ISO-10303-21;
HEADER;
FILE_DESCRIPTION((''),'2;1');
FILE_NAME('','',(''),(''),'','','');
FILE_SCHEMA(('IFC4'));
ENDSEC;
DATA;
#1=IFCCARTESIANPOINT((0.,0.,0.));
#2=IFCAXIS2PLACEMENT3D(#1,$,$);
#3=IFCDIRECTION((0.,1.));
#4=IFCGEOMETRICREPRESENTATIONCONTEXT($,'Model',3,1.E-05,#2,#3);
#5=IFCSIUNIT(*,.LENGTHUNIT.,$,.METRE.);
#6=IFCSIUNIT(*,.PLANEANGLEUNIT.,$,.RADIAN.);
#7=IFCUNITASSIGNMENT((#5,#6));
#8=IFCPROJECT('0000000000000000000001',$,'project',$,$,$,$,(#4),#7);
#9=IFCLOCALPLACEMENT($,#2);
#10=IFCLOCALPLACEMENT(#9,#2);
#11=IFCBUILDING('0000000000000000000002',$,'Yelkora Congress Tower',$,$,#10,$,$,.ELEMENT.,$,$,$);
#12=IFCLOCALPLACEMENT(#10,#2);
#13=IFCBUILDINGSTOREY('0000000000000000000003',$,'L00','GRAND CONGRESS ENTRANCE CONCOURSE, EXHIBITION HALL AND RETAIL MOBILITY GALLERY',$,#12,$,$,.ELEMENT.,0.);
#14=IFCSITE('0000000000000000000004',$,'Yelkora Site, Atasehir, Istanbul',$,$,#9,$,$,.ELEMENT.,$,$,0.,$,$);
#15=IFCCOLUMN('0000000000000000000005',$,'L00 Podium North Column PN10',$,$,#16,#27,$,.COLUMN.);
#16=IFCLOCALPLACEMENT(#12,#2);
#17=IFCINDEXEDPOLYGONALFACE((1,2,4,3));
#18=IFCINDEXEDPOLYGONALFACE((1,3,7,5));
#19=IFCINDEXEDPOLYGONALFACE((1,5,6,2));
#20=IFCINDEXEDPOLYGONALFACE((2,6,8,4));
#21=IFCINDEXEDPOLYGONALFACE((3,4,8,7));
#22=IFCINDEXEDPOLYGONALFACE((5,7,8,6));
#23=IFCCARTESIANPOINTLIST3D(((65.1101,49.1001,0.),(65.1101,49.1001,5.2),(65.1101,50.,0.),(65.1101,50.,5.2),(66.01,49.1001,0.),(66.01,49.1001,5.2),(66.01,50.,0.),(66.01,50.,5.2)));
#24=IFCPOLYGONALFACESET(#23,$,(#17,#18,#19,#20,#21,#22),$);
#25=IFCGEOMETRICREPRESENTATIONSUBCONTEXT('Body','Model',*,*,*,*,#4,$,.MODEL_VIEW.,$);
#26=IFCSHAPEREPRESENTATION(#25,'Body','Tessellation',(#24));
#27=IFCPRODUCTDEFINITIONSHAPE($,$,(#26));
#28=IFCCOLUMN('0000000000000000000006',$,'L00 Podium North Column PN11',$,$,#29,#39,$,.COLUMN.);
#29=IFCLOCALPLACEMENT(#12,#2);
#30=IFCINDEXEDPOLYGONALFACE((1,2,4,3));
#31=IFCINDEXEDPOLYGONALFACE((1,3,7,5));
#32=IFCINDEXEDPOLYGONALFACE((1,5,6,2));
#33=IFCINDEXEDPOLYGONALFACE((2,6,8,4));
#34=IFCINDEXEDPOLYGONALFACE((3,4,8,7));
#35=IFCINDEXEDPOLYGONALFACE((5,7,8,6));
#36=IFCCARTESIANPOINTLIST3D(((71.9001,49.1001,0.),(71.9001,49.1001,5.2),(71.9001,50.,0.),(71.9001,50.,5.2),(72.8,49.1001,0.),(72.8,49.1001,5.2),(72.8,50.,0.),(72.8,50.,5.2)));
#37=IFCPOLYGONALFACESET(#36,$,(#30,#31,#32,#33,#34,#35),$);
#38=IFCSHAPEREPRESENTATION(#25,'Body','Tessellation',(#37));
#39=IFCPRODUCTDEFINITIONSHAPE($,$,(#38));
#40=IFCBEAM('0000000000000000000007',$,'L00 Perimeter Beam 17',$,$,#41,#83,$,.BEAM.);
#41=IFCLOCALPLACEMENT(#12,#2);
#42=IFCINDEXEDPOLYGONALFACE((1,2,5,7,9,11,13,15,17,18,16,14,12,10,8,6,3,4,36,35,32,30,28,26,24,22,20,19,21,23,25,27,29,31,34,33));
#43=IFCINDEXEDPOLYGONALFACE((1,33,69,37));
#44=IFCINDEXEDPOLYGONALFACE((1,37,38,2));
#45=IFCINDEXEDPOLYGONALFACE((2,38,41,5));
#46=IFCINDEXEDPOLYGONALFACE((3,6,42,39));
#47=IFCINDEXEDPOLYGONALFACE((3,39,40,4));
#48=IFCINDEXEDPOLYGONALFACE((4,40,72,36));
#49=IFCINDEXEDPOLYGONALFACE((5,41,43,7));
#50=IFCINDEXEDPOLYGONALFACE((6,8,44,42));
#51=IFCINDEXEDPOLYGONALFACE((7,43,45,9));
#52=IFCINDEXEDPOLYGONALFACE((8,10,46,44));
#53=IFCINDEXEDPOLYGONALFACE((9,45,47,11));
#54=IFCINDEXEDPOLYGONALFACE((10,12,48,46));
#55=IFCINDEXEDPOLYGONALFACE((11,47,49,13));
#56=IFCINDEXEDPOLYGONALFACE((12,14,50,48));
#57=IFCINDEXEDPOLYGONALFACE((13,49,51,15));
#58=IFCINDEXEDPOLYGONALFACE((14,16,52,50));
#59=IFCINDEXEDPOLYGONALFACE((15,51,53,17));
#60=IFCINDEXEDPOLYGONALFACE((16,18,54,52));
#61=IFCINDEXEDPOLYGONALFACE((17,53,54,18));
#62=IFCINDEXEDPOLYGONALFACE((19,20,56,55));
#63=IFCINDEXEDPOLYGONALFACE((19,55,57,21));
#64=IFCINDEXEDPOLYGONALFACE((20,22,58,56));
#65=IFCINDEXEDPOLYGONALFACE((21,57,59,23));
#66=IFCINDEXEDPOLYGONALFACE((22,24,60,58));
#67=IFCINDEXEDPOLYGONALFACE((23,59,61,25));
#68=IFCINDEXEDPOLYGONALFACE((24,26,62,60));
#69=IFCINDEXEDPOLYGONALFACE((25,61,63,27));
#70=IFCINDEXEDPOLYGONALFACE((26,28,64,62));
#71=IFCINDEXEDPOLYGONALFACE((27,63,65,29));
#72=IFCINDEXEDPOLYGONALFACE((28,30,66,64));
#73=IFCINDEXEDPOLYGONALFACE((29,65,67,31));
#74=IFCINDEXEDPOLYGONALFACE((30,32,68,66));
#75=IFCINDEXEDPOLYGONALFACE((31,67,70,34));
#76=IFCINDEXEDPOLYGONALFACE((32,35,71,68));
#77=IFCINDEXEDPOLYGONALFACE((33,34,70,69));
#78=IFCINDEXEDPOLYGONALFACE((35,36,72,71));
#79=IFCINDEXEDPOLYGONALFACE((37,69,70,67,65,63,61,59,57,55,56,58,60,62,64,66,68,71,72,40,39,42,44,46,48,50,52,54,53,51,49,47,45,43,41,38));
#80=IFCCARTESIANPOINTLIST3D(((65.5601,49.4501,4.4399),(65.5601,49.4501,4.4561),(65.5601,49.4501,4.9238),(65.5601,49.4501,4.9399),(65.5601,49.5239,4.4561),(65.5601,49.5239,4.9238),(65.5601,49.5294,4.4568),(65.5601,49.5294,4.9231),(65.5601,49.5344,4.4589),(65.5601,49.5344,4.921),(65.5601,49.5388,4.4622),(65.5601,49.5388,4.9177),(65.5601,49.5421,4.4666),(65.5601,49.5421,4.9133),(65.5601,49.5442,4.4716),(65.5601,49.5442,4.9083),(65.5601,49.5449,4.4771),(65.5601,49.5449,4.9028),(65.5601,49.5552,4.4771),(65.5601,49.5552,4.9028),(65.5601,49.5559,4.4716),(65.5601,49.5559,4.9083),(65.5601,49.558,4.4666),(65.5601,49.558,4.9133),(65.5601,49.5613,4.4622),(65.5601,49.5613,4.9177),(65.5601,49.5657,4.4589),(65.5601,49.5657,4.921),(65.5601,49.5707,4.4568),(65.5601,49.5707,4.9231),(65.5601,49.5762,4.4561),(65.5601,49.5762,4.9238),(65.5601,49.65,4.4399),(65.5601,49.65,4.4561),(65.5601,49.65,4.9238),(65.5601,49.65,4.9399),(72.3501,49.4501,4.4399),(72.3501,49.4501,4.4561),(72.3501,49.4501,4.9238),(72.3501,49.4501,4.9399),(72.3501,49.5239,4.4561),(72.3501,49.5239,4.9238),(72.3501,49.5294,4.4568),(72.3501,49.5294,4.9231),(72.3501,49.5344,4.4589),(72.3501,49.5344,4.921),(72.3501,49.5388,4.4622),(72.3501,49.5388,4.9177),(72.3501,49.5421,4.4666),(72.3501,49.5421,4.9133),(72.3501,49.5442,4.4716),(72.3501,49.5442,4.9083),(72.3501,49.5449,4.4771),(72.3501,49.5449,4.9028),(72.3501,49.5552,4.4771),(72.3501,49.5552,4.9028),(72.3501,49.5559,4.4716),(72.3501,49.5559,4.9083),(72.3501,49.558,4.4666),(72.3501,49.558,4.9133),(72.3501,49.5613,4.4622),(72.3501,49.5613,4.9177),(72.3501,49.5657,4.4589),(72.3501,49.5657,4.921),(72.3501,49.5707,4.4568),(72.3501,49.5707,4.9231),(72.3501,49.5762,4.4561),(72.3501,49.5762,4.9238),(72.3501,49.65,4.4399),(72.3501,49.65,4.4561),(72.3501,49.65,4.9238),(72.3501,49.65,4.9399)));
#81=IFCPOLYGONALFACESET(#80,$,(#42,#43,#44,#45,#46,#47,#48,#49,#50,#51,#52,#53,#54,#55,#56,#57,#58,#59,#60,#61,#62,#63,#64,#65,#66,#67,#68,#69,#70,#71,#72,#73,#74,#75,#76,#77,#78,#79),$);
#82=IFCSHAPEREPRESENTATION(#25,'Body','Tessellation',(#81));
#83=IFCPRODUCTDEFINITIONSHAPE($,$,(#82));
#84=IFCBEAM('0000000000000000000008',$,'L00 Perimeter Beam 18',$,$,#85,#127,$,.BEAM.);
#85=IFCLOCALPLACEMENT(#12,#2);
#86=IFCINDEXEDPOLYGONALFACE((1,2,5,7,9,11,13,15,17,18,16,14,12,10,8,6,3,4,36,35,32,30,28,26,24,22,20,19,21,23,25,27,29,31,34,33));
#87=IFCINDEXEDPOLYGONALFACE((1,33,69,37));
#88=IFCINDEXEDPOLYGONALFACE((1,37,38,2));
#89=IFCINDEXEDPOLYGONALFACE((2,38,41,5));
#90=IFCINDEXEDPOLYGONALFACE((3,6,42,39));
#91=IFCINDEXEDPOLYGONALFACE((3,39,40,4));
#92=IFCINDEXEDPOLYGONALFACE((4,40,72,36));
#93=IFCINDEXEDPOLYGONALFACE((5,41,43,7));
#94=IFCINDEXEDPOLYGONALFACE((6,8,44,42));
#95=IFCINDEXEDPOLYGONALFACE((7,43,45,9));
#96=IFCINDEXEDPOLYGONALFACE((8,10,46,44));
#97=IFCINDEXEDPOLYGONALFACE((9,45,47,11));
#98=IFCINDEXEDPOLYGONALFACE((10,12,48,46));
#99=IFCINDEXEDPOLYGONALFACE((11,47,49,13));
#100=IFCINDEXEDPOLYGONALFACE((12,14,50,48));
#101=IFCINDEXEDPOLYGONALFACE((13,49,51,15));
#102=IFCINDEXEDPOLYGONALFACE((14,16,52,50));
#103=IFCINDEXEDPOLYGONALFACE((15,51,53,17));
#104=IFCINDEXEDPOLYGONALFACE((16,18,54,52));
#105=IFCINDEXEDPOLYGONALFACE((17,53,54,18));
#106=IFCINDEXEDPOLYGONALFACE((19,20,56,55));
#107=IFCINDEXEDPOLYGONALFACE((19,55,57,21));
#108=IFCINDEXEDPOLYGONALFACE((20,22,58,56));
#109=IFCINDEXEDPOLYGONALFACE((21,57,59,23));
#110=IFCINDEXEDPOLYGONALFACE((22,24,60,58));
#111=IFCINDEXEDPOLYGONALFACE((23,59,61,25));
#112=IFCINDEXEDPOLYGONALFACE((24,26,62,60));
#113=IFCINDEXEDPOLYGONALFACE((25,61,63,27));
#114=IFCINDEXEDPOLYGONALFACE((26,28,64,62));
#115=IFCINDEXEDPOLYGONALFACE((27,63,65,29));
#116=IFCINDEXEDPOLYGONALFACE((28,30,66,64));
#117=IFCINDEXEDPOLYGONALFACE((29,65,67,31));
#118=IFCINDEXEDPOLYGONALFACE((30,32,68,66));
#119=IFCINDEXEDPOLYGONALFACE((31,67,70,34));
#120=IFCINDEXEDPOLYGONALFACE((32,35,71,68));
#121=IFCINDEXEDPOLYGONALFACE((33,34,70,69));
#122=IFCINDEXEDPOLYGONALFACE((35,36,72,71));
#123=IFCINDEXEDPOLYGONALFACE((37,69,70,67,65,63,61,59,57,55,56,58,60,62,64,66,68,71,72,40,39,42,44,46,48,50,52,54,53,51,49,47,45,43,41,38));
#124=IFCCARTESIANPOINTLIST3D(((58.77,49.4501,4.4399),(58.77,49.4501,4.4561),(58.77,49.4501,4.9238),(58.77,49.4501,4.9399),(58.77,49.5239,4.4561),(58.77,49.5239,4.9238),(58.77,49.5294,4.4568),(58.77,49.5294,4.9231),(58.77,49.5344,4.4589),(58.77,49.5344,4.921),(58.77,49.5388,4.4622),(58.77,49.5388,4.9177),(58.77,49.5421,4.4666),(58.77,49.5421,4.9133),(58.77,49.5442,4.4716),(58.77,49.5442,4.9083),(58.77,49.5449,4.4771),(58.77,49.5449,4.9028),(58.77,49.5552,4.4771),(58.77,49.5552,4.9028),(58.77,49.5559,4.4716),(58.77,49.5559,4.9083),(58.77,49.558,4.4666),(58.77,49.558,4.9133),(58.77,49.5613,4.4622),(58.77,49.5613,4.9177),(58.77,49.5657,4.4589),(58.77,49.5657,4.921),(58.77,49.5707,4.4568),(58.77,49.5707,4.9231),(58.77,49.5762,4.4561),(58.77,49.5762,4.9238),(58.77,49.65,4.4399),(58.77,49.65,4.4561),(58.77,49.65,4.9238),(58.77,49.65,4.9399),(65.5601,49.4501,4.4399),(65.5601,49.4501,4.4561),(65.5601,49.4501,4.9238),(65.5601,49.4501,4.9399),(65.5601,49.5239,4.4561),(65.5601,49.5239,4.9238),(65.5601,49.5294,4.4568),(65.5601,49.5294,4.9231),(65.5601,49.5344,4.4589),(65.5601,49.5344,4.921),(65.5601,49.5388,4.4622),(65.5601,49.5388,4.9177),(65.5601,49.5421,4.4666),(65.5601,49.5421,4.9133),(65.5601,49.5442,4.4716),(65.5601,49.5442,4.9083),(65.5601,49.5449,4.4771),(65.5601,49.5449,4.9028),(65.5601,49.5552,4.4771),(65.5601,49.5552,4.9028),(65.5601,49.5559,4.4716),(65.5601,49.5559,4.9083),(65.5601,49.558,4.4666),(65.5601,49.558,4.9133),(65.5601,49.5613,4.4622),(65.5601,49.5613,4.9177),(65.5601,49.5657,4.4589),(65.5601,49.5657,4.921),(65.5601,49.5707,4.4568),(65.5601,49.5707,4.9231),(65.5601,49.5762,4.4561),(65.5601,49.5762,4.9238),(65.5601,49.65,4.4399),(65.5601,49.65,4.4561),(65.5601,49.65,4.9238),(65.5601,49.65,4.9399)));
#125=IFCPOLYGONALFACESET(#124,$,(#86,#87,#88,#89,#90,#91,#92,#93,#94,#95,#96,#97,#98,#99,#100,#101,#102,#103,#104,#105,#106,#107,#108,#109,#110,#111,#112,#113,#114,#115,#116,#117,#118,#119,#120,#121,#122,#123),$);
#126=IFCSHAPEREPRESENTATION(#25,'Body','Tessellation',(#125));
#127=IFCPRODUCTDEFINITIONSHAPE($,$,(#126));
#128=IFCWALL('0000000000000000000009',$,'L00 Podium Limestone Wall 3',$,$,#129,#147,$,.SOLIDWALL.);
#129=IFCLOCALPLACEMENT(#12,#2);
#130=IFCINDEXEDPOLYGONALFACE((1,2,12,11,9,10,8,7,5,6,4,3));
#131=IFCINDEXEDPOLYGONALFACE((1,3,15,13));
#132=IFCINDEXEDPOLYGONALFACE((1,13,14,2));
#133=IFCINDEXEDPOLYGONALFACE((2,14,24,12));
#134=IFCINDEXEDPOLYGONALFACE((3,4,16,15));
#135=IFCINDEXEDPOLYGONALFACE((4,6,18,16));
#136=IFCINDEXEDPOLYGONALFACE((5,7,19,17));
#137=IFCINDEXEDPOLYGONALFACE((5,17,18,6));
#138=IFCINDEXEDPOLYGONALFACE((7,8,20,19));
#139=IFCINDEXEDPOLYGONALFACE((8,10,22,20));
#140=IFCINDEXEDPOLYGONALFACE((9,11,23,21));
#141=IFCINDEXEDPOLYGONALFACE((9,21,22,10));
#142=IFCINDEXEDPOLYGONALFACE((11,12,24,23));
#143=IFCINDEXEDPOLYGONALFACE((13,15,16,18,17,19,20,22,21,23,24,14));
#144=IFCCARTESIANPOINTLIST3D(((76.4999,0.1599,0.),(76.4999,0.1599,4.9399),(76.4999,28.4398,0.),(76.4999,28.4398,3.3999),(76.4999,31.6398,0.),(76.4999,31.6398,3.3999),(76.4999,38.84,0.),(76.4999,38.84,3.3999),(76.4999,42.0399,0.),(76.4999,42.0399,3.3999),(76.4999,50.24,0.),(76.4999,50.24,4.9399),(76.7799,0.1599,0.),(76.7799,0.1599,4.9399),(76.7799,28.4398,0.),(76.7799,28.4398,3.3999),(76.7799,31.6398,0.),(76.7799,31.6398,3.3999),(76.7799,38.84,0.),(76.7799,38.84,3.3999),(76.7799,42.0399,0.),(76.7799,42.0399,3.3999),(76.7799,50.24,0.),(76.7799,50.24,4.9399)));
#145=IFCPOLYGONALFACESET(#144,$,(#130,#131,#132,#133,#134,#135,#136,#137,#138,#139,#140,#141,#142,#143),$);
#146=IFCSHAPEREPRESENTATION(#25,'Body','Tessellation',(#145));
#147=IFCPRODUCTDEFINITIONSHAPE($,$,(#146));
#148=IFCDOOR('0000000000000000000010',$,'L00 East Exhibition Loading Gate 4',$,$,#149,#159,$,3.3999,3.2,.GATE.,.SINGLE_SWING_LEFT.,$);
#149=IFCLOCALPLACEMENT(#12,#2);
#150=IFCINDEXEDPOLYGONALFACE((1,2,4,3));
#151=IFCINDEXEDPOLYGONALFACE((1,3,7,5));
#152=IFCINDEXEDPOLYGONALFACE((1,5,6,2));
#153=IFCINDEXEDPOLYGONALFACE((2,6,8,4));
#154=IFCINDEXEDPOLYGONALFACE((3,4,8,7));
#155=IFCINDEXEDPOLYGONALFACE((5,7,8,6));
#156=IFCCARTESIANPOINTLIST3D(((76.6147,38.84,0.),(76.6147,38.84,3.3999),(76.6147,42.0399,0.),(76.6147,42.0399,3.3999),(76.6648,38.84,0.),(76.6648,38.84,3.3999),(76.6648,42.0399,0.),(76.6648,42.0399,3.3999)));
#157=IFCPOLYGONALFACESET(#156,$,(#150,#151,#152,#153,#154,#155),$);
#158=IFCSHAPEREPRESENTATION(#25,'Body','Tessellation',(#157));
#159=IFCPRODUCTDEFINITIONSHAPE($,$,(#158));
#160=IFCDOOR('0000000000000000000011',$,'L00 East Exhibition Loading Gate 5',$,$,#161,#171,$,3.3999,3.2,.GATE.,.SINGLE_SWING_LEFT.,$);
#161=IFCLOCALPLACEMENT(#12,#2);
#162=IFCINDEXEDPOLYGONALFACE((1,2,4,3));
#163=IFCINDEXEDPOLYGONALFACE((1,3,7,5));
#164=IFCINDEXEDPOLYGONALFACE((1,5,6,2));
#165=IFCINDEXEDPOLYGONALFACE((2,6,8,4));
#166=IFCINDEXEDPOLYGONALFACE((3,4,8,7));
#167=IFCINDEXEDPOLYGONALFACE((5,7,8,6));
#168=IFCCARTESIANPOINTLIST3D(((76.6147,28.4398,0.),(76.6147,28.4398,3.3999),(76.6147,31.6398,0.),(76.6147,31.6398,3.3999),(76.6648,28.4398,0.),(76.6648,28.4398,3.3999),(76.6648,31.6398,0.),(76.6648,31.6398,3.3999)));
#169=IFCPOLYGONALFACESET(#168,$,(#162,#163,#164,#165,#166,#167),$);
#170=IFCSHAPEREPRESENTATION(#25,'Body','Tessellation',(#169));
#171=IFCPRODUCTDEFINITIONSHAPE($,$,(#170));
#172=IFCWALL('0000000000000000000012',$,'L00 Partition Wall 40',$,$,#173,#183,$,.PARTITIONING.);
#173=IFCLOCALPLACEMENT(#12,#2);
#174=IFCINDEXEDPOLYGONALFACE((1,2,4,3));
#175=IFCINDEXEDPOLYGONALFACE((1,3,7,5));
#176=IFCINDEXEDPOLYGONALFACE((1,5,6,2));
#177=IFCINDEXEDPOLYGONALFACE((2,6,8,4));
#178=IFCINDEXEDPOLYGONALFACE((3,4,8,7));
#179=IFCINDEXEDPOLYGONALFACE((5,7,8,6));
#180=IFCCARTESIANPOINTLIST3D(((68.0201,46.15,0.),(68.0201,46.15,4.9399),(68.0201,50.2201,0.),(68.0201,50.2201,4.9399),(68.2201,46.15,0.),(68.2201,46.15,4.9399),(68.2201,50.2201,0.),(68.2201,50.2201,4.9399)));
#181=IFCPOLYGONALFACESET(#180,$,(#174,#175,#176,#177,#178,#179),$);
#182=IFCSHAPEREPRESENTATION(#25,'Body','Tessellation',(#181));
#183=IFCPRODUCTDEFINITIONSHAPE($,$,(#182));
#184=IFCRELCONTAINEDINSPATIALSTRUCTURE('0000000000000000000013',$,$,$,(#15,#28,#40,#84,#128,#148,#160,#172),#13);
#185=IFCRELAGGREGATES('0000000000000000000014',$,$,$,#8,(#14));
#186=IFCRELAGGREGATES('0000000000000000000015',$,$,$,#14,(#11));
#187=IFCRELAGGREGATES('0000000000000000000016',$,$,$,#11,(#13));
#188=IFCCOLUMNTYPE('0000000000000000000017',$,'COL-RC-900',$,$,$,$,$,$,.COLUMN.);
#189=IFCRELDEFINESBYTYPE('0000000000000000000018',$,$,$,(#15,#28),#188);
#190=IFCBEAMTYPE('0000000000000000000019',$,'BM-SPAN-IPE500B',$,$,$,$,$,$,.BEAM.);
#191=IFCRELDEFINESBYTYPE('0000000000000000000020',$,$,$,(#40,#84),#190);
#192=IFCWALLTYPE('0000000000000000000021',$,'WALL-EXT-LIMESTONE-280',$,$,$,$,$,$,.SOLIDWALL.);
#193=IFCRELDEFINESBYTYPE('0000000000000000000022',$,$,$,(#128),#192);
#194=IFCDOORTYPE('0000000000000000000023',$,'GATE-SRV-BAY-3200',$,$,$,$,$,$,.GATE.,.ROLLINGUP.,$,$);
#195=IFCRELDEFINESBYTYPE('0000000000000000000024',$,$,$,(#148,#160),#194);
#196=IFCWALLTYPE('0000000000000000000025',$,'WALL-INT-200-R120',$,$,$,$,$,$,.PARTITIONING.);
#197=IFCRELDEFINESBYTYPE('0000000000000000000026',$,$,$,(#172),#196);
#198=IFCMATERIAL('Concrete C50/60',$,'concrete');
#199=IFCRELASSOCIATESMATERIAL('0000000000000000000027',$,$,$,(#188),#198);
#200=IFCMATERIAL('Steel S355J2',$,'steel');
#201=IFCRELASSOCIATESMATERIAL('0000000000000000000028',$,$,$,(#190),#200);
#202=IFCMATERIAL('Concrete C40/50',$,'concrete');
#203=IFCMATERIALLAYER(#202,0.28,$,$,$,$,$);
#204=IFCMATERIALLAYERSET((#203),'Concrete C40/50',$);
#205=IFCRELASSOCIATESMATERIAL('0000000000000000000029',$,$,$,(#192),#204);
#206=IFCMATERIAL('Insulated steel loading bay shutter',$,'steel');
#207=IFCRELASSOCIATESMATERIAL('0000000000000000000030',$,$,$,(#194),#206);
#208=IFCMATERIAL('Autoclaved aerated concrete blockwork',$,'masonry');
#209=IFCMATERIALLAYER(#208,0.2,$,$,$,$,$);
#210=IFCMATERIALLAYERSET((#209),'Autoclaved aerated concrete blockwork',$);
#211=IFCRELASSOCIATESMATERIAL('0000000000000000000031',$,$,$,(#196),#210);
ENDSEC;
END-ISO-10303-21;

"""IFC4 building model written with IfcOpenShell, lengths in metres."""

from ifc_helpers import new_model, si_unit, direction, frame, frame_2d, origin, origin_2d, place, context, subcontext, project, spatial, rectangle, i_section, extrude, material, layer, layer_set, material_profile, profile_set, type_object, element, fill, save


model = new_model("IFC4")

# Units and contexts
model_context = context("Model", 3, precision=1e-05, world=origin(), true_north=direction((0.0, 1.0)))
body_context = subcontext(model_context, "Body", "Model", "MODEL_VIEW")
ifc_project = project(units=[si_unit("LENGTHUNIT", "METRE"), si_unit("PLANEANGLEUNIT", "RADIAN")], contexts=[model_context])

# Site, building, storey
site_placement = place(None, origin())
site = spatial("IfcSite", under=ifc_project, at=site_placement, Name="Yelkora Site, Atasehir, Istanbul", CompositionType="ELEMENT", RefElevation=0.0)
building_placement = place(site_placement, origin())
building = spatial("IfcBuilding", under=site, at=building_placement, Name="Yelkora Congress Tower", CompositionType="ELEMENT")
storey_placement = place(building_placement, origin())
storey = spatial("IfcBuildingStorey", under=building, at=storey_placement, Name="L00", Description="GRAND CONGRESS ENTRANCE CONCOURSE, EXHIBITION HALL AND RETAIL MOBILITY GALLERY", CompositionType="ELEMENT", Elevation=0.0)

# Columns
ifc_material_1 = material(Name="Concrete C50/60", Category="concrete")
ifc_material_profile_1 = material_profile(ifc_material_1, rectangle(XDim=0.8999, YDim=0.8999, at=origin_2d()), Name="RC 900x900")
ifc_profile_set_1 = profile_set([ifc_material_profile_1], Name="Concrete C50/60")
column_type = type_object("IfcColumnType", Name="COL-RC-900", PredefinedType="COLUMN", material=ifc_profile_set_1)
for number, where, z_axis, x_axis, name in (
    (1, (65.5601, 49.55, 0.0), (0.0, 0.0, 1.0), (1.0, 0.0, 0.0), "L00 Podium North Column PN10"),
    (2, (72.3501, 49.55, 0.0), (0.0, 0.0, 1.0), (1.0, 0.0, 0.0), "L00 Podium North Column PN11"),
):
    element("IfcColumn", number, at=place(storey_placement, frame(where, z_axis=z_axis, x_axis=x_axis)), inside=storey, type_object=column_type, Name=name, PredefinedType="COLUMN", context=body_context, shape_type="SweptSolid", body=[
        extrude(rectangle(XDim=0.8999, YDim=0.8999, at=origin_2d()), origin(), (0.0, 0.0, 1.0), 5.2),
    ])

# Beams
ifc_material_2 = material(Name="Steel S355J2", Category="steel")
ifc_material_profile_2 = material_profile(ifc_material_2, i_section(OverallWidth=0.2, OverallDepth=0.5, WebThickness=0.0103, FlangeThickness=0.0161, FilletRadius=0.021, at=origin_2d()), Name="IPE 500")
ifc_profile_set_2 = profile_set([ifc_material_profile_2], Name="Steel S355J2")
beam_type = type_object("IfcBeamType", Name="BM-SPAN-IPE500B", PredefinedType="BEAM", material=ifc_profile_set_2)
for number, where, z_axis, x_axis, name in (
    (3, (72.3501, 49.55, 4.6899), (-1.0, 0.0, 0.0), (0.0, -1.0, 0.0), "L00 Perimeter Beam 17"),
    (4, (65.5601, 49.55, 4.6899), (-1.0, 0.0, 0.0), (0.0, -1.0, 0.0), "L00 Perimeter Beam 18"),
):
    element("IfcBeam", number, at=place(storey_placement, frame(where, z_axis=z_axis, x_axis=x_axis)), inside=storey, type_object=beam_type, Name=name, PredefinedType="BEAM", context=body_context, shape_type="SweptSolid", body=[
        extrude(i_section(OverallWidth=0.2, OverallDepth=0.5, WebThickness=0.0103, FlangeThickness=0.0161, FilletRadius=0.021, at=origin_2d()), origin(), (0.0, 0.0, 1.0), 6.79),
    ])

# Wall, openings, doors
ifc_material_3 = material(Name="Concrete C40/50", Category="concrete")
ifc_layer_1 = layer(ifc_material_3, 0.28)
ifc_layer_set_1 = layer_set([ifc_layer_1], Name="Concrete C40/50")
wall_type_1 = type_object("IfcWallType", Name="WALL-EXT-LIMESTONE-280", PredefinedType="SOLIDWALL", material=ifc_layer_set_1)
ifc_material_4 = material(Name="Insulated steel loading bay shutter", Category="steel")
door_type_1 = type_object("IfcDoorType", Name="GATE-SRV-BAY-3200", OperationType="ROLLINGUP", PredefinedType="GATE", material=ifc_material_4)
wall_1_placement = place(storey_placement, frame((76.6399, 50.24, 0.0), z_axis=(0.0, 0.0, 1.0), x_axis=(0.0, -1.0, 0.0)))
wall_1 = element("IfcWall", 5, at=wall_1_placement, inside=storey, type_object=wall_type_1, Name="L00 Podium Limestone Wall 3", PredefinedType="SOLIDWALL", context=body_context, shape_type="SweptSolid", body=[
    extrude(rectangle(XDim=50.0801, YDim=0.28, at=frame_2d((25.04, 0.0))), origin(), (0.0, 0.0, 1.0), 4.9399),
])
opening_1_placement = place(wall_1_placement, frame((8.2, 0.0, 0.0)))
opening_1 = element("IfcOpeningElement", 6, at=opening_1_placement, cuts=wall_1, PredefinedType="OPENING", context=body_context, shape_type="SweptSolid", body=[
    extrude(rectangle(XDim=3.2, YDim=3.3999, at=frame_2d((1.6001, 1.7))), frame((0.0, 0.1499, 0.0), z_axis=(0.0, -1.0, 0.0), x_axis=(1.0, 0.0, 0.0)), (0.0, 0.0, 1.0), 0.3),
])
opening_2_placement = place(wall_1_placement, frame((18.6001, 0.0, 0.0)))
opening_2 = element("IfcOpeningElement", 7, at=opening_2_placement, cuts=wall_1, PredefinedType="OPENING", context=body_context, shape_type="SweptSolid", body=[
    extrude(rectangle(XDim=3.2, YDim=3.3999, at=frame_2d((1.6001, 1.7))), frame((0.0, 0.1499, 0.0), z_axis=(0.0, -1.0, 0.0), x_axis=(1.0, 0.0, 0.0)), (0.0, 0.0, 1.0), 0.3),
])
door_1_placement = place(opening_1_placement, origin())
door_1 = element("IfcDoor", 8, at=door_1_placement, inside=storey, type_object=door_type_1, Name="L00 East Exhibition Loading Gate 4", OperationType="SINGLE_SWING_LEFT", OverallHeight=3.3999, OverallWidth=3.2, PredefinedType="GATE", context=body_context, shape_type="SweptSolid", body=[
    extrude(rectangle(XDim=3.2, YDim=3.3999, at=frame_2d((1.6001, 1.7))), frame((0.0, 0.0249, 0.0), z_axis=(0.0, -1.0, 0.0), x_axis=(1.0, 0.0, 0.0)), (0.0, 0.0, 1.0), 0.05),
])
fill(opening_1, door_1)
door_2_placement = place(opening_2_placement, origin())
door_2 = element("IfcDoor", 9, at=door_2_placement, inside=storey, type_object=door_type_1, Name="L00 East Exhibition Loading Gate 5", OperationType="SINGLE_SWING_LEFT", OverallHeight=3.3999, OverallWidth=3.2, PredefinedType="GATE", context=body_context, shape_type="SweptSolid", body=[
    extrude(rectangle(XDim=3.2, YDim=3.3999, at=frame_2d((1.6001, 1.7))), frame((0.0, 0.0249, 0.0), z_axis=(0.0, -1.0, 0.0), x_axis=(1.0, 0.0, 0.0)), (0.0, 0.0, 1.0), 0.05),
])
fill(opening_2, door_2)

# Wall
ifc_material_5 = material(Name="Autoclaved aerated concrete blockwork", Category="masonry")
ifc_layer_2 = layer(ifc_material_5, 0.2)
ifc_layer_set_2 = layer_set([ifc_layer_2], Name="Autoclaved aerated concrete blockwork")
wall_type_2 = type_object("IfcWallType", Name="WALL-INT-200-R120", PredefinedType="PARTITIONING", material=ifc_layer_set_2)
wall_2_placement = place(storey_placement, frame((68.1201, 46.1499, 0.0), z_axis=(0.0, 0.0, 1.0), x_axis=(0.0, 1.0, 0.0)))
element("IfcWall", 10, at=wall_2_placement, inside=storey, type_object=wall_type_2, Name="L00 Partition Wall 40", PredefinedType="PARTITIONING", context=body_context, shape_type="SweptSolid", body=[
    extrude(rectangle(XDim=4.0701, YDim=0.2, at=frame_2d((2.0352, 0.0))), origin(), (0.0, 0.0, 1.0), 4.9399),
])

save(model, "model.ifc")
